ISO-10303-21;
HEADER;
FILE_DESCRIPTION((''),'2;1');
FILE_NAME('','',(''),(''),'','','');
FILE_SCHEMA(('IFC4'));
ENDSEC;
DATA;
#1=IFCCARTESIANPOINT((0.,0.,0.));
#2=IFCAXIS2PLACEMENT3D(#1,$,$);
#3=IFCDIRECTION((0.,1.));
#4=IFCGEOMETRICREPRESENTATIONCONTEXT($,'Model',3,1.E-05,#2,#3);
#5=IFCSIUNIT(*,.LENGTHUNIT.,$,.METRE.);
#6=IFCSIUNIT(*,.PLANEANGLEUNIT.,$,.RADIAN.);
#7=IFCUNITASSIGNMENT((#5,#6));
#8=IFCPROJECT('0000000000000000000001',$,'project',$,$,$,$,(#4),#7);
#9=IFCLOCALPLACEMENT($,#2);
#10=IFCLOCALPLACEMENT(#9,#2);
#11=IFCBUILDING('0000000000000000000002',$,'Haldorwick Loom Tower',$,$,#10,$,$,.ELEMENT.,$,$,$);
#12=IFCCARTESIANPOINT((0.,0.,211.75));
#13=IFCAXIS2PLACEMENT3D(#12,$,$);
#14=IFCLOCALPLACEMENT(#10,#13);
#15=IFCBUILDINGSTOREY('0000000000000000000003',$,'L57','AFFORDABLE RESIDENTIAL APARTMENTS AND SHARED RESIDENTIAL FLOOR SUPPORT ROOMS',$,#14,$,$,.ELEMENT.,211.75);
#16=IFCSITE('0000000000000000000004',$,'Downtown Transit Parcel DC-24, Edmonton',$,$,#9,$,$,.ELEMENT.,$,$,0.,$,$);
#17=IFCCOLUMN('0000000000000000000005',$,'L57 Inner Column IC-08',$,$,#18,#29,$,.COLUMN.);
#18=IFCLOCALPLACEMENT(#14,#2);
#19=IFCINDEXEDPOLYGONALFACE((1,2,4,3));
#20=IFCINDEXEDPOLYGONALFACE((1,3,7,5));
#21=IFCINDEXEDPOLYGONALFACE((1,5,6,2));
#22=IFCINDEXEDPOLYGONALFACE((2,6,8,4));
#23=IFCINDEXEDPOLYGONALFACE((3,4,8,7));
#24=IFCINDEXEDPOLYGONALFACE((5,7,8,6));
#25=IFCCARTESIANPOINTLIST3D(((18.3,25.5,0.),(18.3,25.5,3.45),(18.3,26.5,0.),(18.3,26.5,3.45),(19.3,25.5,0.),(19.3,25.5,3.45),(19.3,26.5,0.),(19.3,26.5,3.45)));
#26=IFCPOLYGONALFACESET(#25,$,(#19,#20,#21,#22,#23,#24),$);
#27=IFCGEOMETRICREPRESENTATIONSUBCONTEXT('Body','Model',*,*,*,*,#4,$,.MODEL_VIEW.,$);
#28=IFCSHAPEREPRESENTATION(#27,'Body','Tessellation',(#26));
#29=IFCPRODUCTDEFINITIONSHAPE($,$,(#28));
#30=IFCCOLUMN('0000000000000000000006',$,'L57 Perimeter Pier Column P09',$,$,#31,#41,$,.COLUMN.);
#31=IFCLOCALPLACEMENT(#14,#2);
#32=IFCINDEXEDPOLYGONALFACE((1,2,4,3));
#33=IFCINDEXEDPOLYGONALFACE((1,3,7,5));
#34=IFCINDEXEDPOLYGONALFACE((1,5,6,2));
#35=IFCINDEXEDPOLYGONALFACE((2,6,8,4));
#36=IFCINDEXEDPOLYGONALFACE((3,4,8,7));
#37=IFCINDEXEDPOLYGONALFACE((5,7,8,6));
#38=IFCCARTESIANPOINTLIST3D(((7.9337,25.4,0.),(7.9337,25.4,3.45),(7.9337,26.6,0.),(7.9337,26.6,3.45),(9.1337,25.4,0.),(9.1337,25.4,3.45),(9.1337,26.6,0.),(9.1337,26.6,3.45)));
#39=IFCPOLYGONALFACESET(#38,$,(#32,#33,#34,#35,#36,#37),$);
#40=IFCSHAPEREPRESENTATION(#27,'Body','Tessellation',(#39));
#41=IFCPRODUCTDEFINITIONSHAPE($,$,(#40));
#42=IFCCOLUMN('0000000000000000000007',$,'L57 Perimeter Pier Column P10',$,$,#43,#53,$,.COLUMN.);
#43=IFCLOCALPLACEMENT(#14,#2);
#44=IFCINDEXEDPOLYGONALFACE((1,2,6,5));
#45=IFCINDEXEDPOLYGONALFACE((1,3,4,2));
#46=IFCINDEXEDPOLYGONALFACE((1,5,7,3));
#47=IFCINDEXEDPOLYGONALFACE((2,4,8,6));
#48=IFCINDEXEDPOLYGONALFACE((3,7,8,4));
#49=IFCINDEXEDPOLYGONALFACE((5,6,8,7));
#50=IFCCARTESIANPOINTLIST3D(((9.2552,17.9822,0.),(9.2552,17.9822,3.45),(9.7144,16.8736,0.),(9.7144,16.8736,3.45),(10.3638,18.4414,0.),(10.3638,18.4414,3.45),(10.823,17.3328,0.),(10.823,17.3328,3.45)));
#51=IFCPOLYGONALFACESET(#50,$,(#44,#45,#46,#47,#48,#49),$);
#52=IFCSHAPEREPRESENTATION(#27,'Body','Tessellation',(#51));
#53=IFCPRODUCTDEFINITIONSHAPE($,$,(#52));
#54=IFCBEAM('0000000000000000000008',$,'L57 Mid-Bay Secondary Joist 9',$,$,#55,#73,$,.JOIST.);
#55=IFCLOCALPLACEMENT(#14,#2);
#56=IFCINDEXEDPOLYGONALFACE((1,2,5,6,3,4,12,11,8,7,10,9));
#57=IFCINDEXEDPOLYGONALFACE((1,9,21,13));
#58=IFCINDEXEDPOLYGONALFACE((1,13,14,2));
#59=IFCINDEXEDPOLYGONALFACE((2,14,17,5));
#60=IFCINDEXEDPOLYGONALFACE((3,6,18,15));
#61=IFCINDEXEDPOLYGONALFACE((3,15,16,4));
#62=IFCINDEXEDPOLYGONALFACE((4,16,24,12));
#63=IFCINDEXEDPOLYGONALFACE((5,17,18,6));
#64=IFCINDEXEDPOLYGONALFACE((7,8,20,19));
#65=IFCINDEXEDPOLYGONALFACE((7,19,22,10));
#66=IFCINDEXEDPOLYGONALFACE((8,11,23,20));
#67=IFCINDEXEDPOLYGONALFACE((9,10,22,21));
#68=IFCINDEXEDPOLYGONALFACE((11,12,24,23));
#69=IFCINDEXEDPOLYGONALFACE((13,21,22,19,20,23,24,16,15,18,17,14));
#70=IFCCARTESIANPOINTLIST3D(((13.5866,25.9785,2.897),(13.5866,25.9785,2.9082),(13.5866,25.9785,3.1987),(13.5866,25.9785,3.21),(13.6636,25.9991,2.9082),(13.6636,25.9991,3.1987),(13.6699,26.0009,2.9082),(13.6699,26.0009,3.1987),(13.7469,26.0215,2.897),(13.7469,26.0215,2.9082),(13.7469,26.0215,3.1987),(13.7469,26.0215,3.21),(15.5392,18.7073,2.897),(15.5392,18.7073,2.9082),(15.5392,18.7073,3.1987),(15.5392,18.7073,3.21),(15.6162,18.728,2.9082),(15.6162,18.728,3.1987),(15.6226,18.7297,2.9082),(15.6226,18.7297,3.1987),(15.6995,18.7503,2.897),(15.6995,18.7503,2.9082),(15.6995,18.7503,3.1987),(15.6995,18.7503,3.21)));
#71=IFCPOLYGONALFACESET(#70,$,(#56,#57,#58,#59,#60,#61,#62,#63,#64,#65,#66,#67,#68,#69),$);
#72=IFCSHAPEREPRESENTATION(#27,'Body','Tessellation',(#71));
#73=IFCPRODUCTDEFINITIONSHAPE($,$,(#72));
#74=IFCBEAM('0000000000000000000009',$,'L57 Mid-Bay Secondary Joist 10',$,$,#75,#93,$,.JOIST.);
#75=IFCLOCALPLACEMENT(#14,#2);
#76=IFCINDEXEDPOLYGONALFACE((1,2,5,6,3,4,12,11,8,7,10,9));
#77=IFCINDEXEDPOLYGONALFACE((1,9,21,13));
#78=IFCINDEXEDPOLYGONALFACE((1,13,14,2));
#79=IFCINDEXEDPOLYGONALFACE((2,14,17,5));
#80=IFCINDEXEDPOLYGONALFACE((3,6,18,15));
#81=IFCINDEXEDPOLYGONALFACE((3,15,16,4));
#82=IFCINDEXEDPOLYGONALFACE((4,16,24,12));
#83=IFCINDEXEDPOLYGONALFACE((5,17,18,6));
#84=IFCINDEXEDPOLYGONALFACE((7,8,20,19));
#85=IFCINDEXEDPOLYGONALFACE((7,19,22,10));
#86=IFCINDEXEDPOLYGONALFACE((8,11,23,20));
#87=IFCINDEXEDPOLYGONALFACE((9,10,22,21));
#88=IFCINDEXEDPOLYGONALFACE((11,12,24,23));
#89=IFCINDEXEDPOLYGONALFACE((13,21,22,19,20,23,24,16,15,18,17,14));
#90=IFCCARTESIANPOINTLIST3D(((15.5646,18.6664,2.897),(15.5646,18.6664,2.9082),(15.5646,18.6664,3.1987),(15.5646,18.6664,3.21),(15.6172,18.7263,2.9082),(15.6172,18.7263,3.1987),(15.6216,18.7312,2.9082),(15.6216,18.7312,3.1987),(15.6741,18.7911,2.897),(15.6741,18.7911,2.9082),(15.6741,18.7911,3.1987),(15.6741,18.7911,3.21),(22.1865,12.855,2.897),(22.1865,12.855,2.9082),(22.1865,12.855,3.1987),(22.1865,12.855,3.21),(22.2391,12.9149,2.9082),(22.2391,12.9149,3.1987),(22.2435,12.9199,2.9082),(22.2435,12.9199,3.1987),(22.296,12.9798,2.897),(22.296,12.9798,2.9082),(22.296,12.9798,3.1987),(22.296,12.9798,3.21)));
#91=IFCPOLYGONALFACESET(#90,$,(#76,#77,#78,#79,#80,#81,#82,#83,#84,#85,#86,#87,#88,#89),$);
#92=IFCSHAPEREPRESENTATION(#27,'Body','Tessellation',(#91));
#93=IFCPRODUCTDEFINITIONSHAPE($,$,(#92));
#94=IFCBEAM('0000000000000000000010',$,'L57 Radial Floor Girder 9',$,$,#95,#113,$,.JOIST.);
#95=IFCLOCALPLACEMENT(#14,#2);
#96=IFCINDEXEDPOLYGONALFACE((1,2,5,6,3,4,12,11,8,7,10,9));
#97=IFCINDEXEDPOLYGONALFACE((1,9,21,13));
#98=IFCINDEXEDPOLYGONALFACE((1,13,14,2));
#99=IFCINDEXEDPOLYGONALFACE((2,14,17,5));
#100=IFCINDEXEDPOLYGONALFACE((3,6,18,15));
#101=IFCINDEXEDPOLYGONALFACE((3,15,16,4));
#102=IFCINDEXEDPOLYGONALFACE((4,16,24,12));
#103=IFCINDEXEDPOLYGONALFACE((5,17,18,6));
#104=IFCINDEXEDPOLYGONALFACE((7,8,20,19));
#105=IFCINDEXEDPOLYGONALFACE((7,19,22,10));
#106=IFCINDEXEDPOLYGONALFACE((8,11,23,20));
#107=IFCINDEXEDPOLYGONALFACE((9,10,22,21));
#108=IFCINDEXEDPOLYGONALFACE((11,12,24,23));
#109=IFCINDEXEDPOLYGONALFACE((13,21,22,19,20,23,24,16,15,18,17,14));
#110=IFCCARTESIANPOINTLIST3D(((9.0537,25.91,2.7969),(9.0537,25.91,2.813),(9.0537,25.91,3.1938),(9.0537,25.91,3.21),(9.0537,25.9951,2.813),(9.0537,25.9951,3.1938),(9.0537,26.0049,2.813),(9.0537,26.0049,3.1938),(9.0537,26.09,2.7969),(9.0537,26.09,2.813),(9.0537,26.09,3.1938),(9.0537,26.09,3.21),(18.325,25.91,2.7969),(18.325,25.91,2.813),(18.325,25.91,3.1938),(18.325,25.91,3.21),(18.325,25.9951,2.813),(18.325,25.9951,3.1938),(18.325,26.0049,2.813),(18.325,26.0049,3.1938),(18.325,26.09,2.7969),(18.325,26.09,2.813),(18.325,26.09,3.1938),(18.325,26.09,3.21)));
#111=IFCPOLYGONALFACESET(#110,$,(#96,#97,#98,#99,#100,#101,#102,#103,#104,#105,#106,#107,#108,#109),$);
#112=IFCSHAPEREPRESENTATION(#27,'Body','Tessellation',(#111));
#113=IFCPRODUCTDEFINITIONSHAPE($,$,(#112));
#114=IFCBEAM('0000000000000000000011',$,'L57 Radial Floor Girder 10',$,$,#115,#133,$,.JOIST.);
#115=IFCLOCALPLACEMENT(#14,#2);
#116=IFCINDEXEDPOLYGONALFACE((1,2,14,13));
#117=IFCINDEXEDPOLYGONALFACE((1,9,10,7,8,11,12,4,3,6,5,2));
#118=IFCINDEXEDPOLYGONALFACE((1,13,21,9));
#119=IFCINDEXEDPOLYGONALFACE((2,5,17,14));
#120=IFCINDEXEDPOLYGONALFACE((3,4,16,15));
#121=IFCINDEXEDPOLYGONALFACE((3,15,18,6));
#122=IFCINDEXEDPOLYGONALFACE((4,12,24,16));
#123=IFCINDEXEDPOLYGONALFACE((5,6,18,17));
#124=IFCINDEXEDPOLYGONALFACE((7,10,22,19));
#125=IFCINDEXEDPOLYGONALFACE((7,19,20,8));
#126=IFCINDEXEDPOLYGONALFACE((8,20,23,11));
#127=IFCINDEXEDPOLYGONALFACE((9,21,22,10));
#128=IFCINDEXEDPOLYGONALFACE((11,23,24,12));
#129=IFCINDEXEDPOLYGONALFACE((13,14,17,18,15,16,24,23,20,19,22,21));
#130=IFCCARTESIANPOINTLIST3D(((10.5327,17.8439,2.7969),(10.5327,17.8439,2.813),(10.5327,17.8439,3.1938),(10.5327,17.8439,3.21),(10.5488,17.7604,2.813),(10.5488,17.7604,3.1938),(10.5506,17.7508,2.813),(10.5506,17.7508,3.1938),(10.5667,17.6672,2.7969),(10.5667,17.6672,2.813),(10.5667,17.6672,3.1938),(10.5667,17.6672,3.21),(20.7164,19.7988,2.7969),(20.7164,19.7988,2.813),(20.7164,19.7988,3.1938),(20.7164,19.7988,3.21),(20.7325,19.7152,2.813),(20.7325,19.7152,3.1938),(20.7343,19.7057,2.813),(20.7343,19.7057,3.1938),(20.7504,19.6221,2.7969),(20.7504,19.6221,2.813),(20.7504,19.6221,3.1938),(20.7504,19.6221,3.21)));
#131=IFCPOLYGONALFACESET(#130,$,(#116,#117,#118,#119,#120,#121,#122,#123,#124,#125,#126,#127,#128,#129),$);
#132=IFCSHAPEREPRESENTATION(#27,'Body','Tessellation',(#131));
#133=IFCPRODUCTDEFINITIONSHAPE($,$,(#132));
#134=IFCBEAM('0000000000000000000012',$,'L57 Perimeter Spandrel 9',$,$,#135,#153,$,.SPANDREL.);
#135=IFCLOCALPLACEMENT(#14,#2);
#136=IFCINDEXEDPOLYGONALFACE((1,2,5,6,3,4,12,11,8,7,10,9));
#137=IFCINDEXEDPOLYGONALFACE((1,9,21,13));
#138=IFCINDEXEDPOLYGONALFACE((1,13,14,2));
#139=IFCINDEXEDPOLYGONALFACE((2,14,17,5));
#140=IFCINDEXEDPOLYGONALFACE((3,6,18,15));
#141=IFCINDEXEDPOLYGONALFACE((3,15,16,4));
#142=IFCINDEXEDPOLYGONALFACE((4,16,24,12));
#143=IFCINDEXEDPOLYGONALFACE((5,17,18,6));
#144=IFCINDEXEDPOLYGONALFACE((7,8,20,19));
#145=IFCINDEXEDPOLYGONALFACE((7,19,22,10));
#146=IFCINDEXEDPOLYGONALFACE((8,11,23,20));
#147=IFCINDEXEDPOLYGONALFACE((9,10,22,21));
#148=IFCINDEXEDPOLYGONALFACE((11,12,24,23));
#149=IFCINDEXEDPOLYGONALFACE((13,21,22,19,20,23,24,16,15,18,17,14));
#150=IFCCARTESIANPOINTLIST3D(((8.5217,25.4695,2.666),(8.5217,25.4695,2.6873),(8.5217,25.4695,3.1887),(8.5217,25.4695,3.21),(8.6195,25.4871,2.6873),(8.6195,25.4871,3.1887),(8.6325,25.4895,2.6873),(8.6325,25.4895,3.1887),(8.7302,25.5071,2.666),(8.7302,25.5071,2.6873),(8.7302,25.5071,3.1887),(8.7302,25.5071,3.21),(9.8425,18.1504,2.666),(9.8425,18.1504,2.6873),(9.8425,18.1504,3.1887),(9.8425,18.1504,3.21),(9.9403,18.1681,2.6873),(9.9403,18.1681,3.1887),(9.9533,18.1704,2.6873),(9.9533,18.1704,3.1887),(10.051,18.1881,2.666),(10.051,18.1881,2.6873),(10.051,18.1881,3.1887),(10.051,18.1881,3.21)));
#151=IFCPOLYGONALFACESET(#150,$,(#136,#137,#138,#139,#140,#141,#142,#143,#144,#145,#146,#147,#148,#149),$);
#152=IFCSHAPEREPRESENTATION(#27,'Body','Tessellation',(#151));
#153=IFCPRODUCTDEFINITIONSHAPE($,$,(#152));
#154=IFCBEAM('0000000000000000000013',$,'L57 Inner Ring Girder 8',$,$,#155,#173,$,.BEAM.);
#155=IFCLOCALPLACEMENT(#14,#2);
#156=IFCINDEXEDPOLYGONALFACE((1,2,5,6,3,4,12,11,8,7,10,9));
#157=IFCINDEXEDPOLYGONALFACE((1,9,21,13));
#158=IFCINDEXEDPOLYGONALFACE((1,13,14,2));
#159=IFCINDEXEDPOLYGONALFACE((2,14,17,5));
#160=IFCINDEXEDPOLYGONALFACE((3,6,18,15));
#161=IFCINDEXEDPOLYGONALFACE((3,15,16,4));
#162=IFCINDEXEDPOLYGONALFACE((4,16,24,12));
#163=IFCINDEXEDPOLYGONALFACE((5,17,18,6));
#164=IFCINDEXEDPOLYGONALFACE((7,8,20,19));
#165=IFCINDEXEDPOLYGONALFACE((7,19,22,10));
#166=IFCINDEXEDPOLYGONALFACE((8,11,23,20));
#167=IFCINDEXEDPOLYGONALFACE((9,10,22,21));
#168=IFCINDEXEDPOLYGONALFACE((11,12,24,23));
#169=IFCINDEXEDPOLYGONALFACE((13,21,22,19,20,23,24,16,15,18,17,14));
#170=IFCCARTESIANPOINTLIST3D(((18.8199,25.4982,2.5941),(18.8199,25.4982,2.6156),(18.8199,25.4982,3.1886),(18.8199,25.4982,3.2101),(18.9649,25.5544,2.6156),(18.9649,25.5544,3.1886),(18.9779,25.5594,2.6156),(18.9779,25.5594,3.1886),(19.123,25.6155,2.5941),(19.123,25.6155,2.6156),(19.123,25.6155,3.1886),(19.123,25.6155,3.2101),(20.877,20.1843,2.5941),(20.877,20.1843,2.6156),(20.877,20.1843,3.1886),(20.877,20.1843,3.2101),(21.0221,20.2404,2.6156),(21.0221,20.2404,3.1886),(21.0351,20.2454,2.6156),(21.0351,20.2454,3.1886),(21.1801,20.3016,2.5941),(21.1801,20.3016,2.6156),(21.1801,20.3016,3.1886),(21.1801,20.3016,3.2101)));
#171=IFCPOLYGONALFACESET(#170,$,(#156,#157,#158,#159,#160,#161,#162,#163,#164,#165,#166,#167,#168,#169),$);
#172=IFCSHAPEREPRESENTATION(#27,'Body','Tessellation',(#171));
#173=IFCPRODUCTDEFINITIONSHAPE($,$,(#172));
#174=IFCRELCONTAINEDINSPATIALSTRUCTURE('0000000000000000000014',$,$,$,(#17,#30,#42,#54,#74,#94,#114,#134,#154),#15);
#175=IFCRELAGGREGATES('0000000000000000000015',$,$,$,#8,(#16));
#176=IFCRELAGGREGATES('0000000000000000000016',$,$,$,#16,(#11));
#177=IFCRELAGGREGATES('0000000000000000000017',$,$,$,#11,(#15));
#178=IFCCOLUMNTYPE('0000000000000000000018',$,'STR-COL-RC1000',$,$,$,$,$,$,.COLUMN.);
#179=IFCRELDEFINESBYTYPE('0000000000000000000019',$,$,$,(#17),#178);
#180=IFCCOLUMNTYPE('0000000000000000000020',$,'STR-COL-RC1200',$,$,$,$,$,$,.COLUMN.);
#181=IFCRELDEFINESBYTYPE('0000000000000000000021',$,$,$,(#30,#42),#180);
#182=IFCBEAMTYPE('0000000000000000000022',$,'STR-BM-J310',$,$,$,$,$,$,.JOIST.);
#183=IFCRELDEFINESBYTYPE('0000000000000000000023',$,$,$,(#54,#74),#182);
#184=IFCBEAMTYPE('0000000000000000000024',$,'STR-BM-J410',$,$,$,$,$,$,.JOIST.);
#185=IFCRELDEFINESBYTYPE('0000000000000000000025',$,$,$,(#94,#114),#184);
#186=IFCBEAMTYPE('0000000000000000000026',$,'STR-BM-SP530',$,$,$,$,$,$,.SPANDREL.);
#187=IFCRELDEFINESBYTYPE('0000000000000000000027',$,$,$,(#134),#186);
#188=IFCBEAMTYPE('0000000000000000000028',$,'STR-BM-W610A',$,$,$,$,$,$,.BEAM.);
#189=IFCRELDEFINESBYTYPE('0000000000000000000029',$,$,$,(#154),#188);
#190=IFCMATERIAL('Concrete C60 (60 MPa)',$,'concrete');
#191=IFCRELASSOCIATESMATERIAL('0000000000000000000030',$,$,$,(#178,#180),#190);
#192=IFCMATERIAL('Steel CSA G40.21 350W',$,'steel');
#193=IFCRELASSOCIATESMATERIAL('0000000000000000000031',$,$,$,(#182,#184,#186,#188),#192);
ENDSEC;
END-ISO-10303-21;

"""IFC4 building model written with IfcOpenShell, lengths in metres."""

from ifc_helpers import new_model, si_unit, direction, frame, origin, origin_2d, place, context, subcontext, project, spatial, rectangle, i_section, extrude, material, material_profile, profile_set, type_object, element, save


model = new_model("IFC4")

# Units and contexts
model_context = context("Model", 3, precision=1e-05, world=origin(), true_north=direction((0.0, 1.0)))
body_context = subcontext(model_context, "Body", "Model", "MODEL_VIEW")
ifc_project = project(units=[si_unit("LENGTHUNIT", "METRE"), si_unit("PLANEANGLEUNIT", "RADIAN")], contexts=[model_context])

# Site, building, storey
site_placement = place(None, origin())
site = spatial("IfcSite", under=ifc_project, at=site_placement, Name="Downtown Transit Parcel DC-24, Edmonton", CompositionType="ELEMENT", RefElevation=0.0)
building_placement = place(site_placement, origin())
building = spatial("IfcBuilding", under=site, at=building_placement, Name="Haldorwick Loom Tower", CompositionType="ELEMENT")
storey_placement = place(building_placement, frame((0.0, 0.0, 211.75)))
storey = spatial("IfcBuildingStorey", under=building, at=storey_placement, Name="L57", Description="AFFORDABLE RESIDENTIAL APARTMENTS AND SHARED RESIDENTIAL FLOOR SUPPORT ROOMS", CompositionType="ELEMENT", Elevation=211.75)

# Columns
ifc_material_1 = material(Name="Concrete C60 (60 MPa)", Category="concrete")
ifc_material_profile_1 = material_profile(ifc_material_1, rectangle(XDim=1.0, YDim=1.0, at=origin_2d()), Name="RC1000X1000", Category="concrete")
ifc_profile_set_1 = profile_set([ifc_material_profile_1], Name="Concrete C60 (60 MPa)")
column_type_1 = type_object("IfcColumnType", Name="STR-COL-RC1000", PredefinedType="COLUMN", material=ifc_profile_set_1)
column_placement = place(storey_placement, frame((18.8, 26.0, 0.0), z_axis=(0.0, 0.0, 1.0), x_axis=(1.0, 0.0, 0.0)))
element("IfcColumn", 1, at=column_placement, inside=storey, type_object=column_type_1, Name="L57 Inner Column IC-08", PredefinedType="COLUMN", context=body_context, shape_type="SweptSolid", body=[
    extrude(rectangle(XDim=1.0, YDim=1.0, at=origin_2d()), origin(), (0.0, 0.0, 1.0), 3.45),
])
ifc_material_profile_2 = material_profile(ifc_material_1, rectangle(XDim=1.2, YDim=1.2, at=origin_2d()), Name="RC1200X1200", Category="concrete")
ifc_profile_set_2 = profile_set([ifc_material_profile_2], Name="Concrete C60 (60 MPa)")
column_type_2 = type_object("IfcColumnType", Name="STR-COL-RC1200", PredefinedType="COLUMN", material=ifc_profile_set_2)
for number, where, z_axis, x_axis, name in (
    (2, (8.5337, 26.0, 0.0), (0.0, 0.0, 1.0), (-1.0, 0.0, 0.0), "L57 Perimeter Pier Column P09"),
    (3, (10.0391, 17.6575, 0.0), (0.0, 0.0, 1.0), (-0.92388, -0.382683, 0.0), "L57 Perimeter Pier Column P10"),
):
    element("IfcColumn", number, at=place(storey_placement, frame(where, z_axis=z_axis, x_axis=x_axis)), inside=storey, type_object=column_type_2, Name=name, PredefinedType="COLUMN", context=body_context, shape_type="SweptSolid", body=[
        extrude(rectangle(XDim=1.2, YDim=1.2, at=origin_2d()), origin(), (0.0, 0.0, 1.0), 3.45),
    ])

# Beams
ifc_material_2 = material(Name="Steel CSA G40.21 350W", Category="steel")
ifc_material_profile_3 = material_profile(ifc_material_2, i_section(OverallWidth=0.166, OverallDepth=0.313, WebThickness=0.0066, FlangeThickness=0.0112, at=origin_2d()), Name="W310X45", Category="steel")
ifc_profile_set_3 = profile_set([ifc_material_profile_3], Name="Steel CSA G40.21 350W")
beam_type_1 = type_object("IfcBeamType", Name="STR-BM-J310", PredefinedType="JOIST", material=ifc_profile_set_3)
beam_1_placement = place(storey_placement, frame((13.6667, 26.0, 3.0535), z_axis=(0.259354, -0.965782, 0.0), x_axis=(0.965782, 0.259354, 0.0)))
element("IfcBeam", 4, at=beam_1_placement, inside=storey, type_object=beam_type_1, Name="L57 Mid-Bay Secondary Joist 9", PredefinedType="JOIST", context=body_context, shape_type="SweptSolid", body=[
    extrude(i_section(OverallWidth=0.166, OverallDepth=0.313, WebThickness=0.0066, FlangeThickness=0.0112, at=origin_2d()), origin(), (0.0, 0.0, 1.0), 7.5288),
])
beam_2_placement = place(storey_placement, frame((15.6194, 18.7288, 3.0535), z_axis=(0.751609, -0.659608, 0.0), x_axis=(0.659608, 0.751609, 0.0)))
element("IfcBeam", 5, at=beam_2_placement, inside=storey, type_object=beam_type_1, Name="L57 Mid-Bay Secondary Joist 10", PredefinedType="JOIST", context=body_context, shape_type="SweptSolid", body=[
    extrude(i_section(OverallWidth=0.166, OverallDepth=0.313, WebThickness=0.0066, FlangeThickness=0.0112, at=origin_2d()), origin(), (0.0, 0.0, 1.0), 8.8103),
])
ifc_material_profile_4 = material_profile(ifc_material_2, i_section(OverallWidth=0.1799, OverallDepth=0.4131, WebThickness=0.0098, FlangeThickness=0.0161, at=origin_2d()), Name="W410X74", Category="steel")
ifc_profile_set_4 = profile_set([ifc_material_profile_4], Name="Steel CSA G40.21 350W")
beam_type_2 = type_object("IfcBeamType", Name="STR-BM-J410", PredefinedType="JOIST", material=ifc_profile_set_4)
beam_3_placement = place(storey_placement, frame((18.325, 26.0, 3.0034), z_axis=(-1.0, 0.0, 0.0), x_axis=(0.0, -1.0, 0.0)))
element("IfcBeam", 6, at=beam_3_placement, inside=storey, type_object=beam_type_2, Name="L57 Radial Floor Girder 9", PredefinedType="JOIST", context=body_context, shape_type="SweptSolid", body=[
    extrude(i_section(OverallWidth=0.1799, OverallDepth=0.4131, WebThickness=0.0098, FlangeThickness=0.0161, at=origin_2d()), origin(), (0.0, 0.0, 1.0), 9.2712),
])
beam_4_placement = place(storey_placement, frame((20.7334, 19.7104, 3.0034), z_axis=(-0.98207, -0.188517, 0.0), x_axis=(0.188517, -0.98207, 0.0)))
element("IfcBeam", 7, at=beam_4_placement, inside=storey, type_object=beam_type_2, Name="L57 Radial Floor Girder 10", PredefinedType="JOIST", context=body_context, shape_type="SweptSolid", body=[
    extrude(i_section(OverallWidth=0.1799, OverallDepth=0.4131, WebThickness=0.0098, FlangeThickness=0.0161, at=origin_2d()), origin(), (0.0, 0.0, 1.0), 10.3696),
])
ifc_material_profile_5 = material_profile(ifc_material_2, i_section(OverallWidth=0.2119, OverallDepth=0.5439, WebThickness=0.0132, FlangeThickness=0.0212, at=origin_2d()), Name="W530X123", Category="steel")
ifc_profile_set_5 = profile_set([ifc_material_profile_5], Name="Steel CSA G40.21 350W")
beam_type_3 = type_object("IfcBeamType", Name="STR-BM-SP530", PredefinedType="SPANDREL", material=ifc_profile_set_5)
beam_5_placement = place(storey_placement, frame((8.626, 25.4883, 2.938), z_axis=(0.177591, -0.984104, 0.0), x_axis=(0.984104, 0.177591, 0.0)))
element("IfcBeam", 8, at=beam_5_placement, inside=storey, type_object=beam_type_3, Name="L57 Perimeter Spandrel 9", PredefinedType="SPANDREL", context=body_context, shape_type="SweptSolid", body=[
    extrude(i_section(OverallWidth=0.2119, OverallDepth=0.5439, WebThickness=0.0132, FlangeThickness=0.0212, at=origin_2d()), origin(), (0.0, 0.0, 1.0), 7.4373),
])
ifc_material_profile_6 = material_profile(ifc_material_2, i_section(OverallWidth=0.325, OverallDepth=0.616, WebThickness=0.0139, FlangeThickness=0.0215, at=origin_2d()), Name="W610X174", Category="steel")
ifc_profile_set_6 = profile_set([ifc_material_profile_6], Name="Steel CSA G40.21 350W")
beam_type_4 = type_object("IfcBeamType", Name="STR-BM-W610A", PredefinedType="BEAM", material=ifc_profile_set_6)
beam_6_placement = place(storey_placement, frame((21.0286, 20.2429, 2.9021), z_axis=(-0.361011, 0.932562, 0.0), x_axis=(-0.932562, -0.361011, 0.0)))
element("IfcBeam", 9, at=beam_6_placement, inside=storey, type_object=beam_type_4, Name="L57 Inner Ring Girder 8", PredefinedType="BEAM", context=body_context, shape_type="SweptSolid", body=[
    extrude(i_section(OverallWidth=0.325, OverallDepth=0.616, WebThickness=0.0139, FlangeThickness=0.0215, at=origin_2d()), origin(), (0.0, 0.0, 1.0), 5.6982),
])

save(model, "model.ifc")
